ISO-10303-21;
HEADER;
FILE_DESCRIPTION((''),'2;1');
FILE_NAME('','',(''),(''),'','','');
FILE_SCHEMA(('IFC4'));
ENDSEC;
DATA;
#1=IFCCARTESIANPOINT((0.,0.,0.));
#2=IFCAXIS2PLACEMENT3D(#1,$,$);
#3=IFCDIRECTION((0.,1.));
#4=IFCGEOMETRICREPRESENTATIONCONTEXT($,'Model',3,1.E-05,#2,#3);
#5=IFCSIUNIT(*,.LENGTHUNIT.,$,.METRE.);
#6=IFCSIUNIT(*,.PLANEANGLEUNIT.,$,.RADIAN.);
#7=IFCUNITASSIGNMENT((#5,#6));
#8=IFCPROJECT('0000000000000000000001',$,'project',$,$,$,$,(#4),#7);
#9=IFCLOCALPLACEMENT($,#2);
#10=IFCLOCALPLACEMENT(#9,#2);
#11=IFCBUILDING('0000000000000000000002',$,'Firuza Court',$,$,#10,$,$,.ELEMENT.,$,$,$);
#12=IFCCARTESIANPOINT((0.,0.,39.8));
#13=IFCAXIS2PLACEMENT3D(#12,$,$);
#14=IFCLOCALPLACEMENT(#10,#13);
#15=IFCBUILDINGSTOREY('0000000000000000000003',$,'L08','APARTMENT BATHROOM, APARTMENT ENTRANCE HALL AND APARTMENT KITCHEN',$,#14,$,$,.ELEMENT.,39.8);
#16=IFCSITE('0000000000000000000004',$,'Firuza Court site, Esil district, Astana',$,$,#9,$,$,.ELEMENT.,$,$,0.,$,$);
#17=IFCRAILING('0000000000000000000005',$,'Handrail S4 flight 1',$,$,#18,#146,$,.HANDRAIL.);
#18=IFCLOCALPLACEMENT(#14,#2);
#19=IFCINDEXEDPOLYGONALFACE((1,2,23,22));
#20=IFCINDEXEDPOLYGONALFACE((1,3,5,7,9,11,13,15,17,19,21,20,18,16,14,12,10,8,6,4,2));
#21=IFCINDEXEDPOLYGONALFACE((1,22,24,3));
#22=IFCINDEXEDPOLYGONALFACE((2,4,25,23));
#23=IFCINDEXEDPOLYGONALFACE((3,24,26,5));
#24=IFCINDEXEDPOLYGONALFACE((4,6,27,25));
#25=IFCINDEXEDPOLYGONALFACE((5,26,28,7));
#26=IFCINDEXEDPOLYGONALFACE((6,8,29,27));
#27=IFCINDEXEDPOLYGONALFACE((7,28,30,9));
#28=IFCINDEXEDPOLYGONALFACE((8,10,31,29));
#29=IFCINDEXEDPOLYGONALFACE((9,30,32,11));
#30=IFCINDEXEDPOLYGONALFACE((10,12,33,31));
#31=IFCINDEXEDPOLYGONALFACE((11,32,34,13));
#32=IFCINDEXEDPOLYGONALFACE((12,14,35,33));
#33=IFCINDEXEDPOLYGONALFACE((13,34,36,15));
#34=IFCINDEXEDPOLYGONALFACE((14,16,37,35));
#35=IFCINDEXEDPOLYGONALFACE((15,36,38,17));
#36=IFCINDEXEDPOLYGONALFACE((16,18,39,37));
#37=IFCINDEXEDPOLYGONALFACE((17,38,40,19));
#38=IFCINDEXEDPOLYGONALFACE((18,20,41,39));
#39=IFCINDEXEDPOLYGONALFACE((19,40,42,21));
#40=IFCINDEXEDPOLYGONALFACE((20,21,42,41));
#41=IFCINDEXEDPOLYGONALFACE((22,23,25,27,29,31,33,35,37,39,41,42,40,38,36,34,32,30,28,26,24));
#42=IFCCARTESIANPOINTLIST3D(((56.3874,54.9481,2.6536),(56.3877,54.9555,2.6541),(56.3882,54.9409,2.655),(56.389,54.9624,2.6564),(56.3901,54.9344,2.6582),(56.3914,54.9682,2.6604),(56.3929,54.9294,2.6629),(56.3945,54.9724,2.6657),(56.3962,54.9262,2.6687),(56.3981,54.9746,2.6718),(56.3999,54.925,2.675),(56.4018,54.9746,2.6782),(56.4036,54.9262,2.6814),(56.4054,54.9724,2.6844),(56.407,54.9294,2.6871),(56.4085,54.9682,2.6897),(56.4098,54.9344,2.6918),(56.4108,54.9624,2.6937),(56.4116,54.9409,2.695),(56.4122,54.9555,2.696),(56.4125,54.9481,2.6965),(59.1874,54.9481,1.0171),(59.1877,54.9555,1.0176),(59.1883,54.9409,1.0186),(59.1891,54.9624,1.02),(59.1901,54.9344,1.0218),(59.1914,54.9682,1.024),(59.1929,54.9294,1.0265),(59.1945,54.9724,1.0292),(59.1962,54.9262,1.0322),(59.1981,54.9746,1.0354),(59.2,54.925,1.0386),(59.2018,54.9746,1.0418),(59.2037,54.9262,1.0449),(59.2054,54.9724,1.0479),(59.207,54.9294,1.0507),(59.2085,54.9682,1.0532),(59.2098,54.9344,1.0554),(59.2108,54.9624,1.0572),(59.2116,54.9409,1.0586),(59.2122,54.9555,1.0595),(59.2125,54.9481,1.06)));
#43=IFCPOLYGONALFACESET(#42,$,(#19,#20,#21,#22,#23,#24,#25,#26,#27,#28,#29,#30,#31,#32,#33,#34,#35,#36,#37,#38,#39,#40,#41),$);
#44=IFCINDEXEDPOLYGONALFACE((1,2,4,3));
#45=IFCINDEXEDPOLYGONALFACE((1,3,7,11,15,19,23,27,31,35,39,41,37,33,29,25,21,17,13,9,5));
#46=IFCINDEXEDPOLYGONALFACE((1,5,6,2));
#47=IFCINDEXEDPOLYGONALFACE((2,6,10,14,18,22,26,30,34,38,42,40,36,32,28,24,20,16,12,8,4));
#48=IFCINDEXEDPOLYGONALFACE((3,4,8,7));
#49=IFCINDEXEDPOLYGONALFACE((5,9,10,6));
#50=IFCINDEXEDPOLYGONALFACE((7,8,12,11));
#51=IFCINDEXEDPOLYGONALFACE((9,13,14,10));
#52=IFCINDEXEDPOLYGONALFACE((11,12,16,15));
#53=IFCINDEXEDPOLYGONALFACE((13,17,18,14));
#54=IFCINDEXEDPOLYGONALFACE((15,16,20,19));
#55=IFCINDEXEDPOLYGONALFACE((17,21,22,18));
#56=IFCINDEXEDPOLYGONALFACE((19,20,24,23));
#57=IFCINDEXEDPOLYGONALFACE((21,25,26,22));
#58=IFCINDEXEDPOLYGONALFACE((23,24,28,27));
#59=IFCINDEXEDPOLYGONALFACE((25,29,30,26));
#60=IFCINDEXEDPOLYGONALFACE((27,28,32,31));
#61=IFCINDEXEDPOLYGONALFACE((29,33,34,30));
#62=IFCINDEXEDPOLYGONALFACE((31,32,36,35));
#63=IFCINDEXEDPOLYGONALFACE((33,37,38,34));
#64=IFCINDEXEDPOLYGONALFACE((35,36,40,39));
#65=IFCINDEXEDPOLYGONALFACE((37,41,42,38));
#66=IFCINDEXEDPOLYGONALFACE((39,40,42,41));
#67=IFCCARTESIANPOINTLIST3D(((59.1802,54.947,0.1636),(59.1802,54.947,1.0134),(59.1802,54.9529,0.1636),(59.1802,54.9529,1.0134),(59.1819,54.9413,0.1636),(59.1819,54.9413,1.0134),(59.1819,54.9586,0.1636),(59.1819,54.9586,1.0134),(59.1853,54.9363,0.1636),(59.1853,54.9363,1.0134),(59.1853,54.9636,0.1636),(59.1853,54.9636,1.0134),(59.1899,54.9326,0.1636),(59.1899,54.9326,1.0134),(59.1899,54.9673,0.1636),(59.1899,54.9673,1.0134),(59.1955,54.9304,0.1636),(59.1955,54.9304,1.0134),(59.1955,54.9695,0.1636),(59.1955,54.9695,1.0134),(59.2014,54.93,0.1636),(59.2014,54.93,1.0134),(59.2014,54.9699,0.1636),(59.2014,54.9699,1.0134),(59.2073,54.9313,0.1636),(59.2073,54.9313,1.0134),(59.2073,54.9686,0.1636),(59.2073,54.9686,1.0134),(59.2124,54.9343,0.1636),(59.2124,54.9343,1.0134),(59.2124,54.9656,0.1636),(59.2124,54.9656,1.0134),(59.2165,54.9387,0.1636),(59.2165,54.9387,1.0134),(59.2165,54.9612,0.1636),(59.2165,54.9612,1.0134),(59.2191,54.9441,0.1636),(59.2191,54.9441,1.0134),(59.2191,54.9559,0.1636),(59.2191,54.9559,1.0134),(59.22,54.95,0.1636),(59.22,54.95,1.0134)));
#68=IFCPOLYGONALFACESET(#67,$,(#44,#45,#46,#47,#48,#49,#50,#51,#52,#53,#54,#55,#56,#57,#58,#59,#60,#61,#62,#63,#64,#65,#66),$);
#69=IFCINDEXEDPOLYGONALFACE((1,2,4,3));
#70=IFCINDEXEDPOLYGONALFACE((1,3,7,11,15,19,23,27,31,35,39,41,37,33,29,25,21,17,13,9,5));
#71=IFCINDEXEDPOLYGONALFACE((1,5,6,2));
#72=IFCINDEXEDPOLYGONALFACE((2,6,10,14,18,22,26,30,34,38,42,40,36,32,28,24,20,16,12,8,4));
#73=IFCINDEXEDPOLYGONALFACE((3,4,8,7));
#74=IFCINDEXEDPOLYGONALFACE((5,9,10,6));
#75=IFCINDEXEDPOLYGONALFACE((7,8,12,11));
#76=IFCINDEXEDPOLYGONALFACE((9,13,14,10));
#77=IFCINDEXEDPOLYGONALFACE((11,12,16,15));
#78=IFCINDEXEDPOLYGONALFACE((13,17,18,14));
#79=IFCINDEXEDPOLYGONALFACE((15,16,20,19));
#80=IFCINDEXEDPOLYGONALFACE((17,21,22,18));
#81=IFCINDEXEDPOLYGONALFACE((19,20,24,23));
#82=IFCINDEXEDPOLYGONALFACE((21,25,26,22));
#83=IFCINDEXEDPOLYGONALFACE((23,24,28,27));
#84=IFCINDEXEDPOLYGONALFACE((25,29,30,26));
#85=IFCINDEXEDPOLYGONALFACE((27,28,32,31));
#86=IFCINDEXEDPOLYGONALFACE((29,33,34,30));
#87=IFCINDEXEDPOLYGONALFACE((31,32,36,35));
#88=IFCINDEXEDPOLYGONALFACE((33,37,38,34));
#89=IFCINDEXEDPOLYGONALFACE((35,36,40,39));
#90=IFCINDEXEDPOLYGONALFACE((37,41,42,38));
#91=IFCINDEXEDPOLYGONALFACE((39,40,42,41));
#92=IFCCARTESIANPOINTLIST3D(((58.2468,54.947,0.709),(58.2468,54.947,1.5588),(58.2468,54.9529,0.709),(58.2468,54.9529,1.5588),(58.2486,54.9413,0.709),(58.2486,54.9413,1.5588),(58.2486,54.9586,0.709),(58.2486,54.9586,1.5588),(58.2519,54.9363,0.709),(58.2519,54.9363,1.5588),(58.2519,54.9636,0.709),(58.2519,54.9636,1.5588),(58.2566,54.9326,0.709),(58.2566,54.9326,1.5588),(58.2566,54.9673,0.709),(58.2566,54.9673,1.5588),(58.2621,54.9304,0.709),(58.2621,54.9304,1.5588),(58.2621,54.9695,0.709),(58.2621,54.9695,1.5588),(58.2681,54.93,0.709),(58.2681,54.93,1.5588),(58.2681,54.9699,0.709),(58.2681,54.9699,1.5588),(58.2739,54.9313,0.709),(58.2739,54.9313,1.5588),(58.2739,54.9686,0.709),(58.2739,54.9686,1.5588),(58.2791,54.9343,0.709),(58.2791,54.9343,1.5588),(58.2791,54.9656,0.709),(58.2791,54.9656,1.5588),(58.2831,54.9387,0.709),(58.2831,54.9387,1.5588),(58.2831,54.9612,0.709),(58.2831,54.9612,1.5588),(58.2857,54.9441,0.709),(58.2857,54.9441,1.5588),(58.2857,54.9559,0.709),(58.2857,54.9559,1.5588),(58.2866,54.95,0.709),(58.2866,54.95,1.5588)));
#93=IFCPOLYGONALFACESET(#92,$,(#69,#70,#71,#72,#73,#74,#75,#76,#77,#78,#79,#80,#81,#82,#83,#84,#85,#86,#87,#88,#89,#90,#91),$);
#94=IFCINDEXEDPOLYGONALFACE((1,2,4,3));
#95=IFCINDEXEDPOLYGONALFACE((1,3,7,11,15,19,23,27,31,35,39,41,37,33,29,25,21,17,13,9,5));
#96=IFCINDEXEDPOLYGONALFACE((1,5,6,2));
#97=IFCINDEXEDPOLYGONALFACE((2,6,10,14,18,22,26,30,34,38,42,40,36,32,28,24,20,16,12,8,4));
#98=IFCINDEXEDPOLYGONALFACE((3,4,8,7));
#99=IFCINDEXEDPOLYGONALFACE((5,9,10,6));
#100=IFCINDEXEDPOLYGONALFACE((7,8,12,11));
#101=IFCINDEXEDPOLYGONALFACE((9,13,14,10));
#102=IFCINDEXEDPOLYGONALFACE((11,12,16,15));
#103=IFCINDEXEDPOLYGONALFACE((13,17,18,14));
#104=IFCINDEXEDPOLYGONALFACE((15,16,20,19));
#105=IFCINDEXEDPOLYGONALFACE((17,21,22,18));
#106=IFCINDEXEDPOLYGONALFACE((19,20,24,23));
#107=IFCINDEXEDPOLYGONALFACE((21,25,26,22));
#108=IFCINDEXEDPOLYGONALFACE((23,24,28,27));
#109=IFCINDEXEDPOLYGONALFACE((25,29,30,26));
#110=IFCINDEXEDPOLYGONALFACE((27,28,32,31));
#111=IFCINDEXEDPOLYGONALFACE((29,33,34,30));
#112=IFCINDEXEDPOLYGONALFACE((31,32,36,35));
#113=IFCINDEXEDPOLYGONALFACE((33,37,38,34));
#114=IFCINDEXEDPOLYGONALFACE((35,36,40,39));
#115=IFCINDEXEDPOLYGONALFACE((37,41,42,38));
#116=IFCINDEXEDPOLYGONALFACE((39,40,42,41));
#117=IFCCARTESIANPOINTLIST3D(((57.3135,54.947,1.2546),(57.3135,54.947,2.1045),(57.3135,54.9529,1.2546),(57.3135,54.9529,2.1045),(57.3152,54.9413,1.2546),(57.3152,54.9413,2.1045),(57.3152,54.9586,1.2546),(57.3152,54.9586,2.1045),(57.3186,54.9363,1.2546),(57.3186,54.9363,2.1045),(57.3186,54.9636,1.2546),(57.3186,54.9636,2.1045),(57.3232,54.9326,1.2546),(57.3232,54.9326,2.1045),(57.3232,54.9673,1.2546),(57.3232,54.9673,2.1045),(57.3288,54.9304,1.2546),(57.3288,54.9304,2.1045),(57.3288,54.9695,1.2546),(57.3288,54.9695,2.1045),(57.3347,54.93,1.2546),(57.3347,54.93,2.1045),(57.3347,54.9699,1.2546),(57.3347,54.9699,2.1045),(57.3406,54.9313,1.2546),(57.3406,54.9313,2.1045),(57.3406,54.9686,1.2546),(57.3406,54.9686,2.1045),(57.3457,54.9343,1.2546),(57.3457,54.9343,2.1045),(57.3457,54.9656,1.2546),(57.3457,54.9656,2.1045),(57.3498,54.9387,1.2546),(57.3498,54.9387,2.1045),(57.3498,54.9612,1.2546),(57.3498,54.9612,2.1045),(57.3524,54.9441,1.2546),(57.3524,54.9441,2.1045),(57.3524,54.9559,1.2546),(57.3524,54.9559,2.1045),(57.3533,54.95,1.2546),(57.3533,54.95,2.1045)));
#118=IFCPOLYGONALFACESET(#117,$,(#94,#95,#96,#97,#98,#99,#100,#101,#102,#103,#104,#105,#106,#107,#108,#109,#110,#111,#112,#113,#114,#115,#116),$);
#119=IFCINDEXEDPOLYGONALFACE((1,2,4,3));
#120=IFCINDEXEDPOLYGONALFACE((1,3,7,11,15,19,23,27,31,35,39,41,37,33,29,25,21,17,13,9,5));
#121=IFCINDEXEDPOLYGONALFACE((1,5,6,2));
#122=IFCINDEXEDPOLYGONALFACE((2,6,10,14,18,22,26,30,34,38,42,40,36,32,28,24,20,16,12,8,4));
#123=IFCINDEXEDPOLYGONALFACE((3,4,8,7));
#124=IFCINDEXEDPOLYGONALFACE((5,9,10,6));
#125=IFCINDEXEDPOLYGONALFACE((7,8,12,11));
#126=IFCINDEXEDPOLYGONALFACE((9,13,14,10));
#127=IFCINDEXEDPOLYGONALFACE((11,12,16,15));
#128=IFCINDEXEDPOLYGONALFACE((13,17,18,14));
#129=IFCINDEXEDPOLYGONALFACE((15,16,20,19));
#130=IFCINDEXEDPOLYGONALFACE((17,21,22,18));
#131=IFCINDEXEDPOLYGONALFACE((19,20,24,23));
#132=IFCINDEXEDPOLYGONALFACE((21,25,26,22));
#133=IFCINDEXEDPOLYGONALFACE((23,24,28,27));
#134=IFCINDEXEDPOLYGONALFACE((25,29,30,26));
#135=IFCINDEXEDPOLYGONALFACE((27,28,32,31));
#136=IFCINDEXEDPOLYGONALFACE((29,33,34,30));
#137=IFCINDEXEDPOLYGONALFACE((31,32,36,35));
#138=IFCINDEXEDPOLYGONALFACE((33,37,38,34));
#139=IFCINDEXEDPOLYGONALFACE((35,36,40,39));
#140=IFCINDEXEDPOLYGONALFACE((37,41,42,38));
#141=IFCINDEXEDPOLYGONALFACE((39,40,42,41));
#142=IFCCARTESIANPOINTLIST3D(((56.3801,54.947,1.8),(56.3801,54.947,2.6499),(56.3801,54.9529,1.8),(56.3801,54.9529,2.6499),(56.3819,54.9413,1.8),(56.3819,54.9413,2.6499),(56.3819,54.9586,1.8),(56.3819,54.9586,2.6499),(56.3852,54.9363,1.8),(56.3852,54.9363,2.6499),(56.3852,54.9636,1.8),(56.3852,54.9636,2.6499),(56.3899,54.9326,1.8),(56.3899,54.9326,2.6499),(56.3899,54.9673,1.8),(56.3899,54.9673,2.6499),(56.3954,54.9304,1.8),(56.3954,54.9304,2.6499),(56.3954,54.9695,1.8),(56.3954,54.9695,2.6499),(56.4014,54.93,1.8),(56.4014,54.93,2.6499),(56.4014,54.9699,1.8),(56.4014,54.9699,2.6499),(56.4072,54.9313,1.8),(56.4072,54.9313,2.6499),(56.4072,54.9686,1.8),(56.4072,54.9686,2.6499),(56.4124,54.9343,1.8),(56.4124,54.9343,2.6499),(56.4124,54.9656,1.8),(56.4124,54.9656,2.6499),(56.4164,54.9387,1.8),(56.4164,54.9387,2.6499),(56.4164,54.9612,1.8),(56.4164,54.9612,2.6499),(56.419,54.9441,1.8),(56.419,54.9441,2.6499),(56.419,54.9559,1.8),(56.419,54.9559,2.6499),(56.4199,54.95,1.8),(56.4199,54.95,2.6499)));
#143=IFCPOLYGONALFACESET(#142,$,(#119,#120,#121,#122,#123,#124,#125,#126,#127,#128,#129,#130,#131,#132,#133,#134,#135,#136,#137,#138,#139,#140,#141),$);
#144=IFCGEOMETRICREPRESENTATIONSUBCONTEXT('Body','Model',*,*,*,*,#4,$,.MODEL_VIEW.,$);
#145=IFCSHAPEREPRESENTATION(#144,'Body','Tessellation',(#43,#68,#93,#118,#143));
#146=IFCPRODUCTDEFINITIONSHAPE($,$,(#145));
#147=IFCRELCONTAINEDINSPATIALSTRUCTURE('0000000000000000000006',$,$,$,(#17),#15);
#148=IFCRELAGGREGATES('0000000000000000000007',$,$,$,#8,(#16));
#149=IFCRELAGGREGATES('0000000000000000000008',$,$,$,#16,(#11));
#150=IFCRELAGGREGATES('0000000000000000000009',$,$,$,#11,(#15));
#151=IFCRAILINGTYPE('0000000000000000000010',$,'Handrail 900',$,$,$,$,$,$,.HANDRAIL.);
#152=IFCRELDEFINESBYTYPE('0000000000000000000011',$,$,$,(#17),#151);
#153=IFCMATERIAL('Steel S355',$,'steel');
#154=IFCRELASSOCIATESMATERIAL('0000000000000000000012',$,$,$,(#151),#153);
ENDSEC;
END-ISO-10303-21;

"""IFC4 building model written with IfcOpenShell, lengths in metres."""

from ifc_helpers import new_model, si_unit, direction, frame, origin, origin_2d, place, context, subcontext, project, spatial, circle, extrude, material, type_object, element, save


model = new_model("IFC4")

# Units and contexts
model_context = context("Model", 3, precision=1e-05, world=origin(), true_north=direction((0.0, 1.0)))
body_context = subcontext(model_context, "Body", "Model", "MODEL_VIEW")
ifc_project = project(units=[si_unit("LENGTHUNIT", "METRE"), si_unit("PLANEANGLEUNIT", "RADIAN")], contexts=[model_context])

# Site, building, storey
site_placement = place(None, origin())
site = spatial("IfcSite", under=ifc_project, at=site_placement, Name="Firuza Court site, Esil district, Astana", CompositionType="ELEMENT", RefElevation=0.0)
building_placement = place(site_placement, origin())
building = spatial("IfcBuilding", under=site, at=building_placement, Name="Firuza Court", CompositionType="ELEMENT")
storey_placement = place(building_placement, frame((0.0, 0.0, 39.8)))
storey = spatial("IfcBuildingStorey", under=building, at=storey_placement, Name="L08", Description="APARTMENT BATHROOM, APARTMENT ENTRANCE HALL AND APARTMENT KITCHEN", CompositionType="ELEMENT", Elevation=39.8)

# Railing
ifc_material_1 = material(Name="Steel S355", Category="steel")
railing_type_1 = type_object("IfcRailingType", Name="Handrail 900", PredefinedType="HANDRAIL", material=ifc_material_1)
railing_1_placement = place(storey_placement, frame((59.2, 54.95, 0.1636)))
element("IfcRailing", 1, at=railing_1_placement, inside=storey, type_object=railing_type_1, Name="Handrail S4 flight 1", PredefinedType="HANDRAIL", context=body_context, shape_type="SweptSolid", body=[
    extrude(circle(Radius=0.0249, at=origin_2d()), frame((0.0, 0.0, 0.875), z_axis=(-0.863361, 0.0, 0.504587), x_axis=(0.0, -1.0, 0.0)), (0.0, 0.0, 1.0), 3.2432),
    extrude(circle(Radius=0.02, at=origin_2d()), origin(), (0.0, 0.0, 1.0), 0.8499),
    extrude(circle(Radius=0.02, at=origin_2d()), frame((-0.9333, 0.0, 0.5454)), (0.0, 0.0, 1.0), 0.8499),
    extrude(circle(Radius=0.02, at=origin_2d()), frame((-1.8667, 0.0, 1.0911)), (0.0, 0.0, 1.0), 0.8499),
    extrude(circle(Radius=0.02, at=origin_2d()), frame((-2.8, 0.0, 1.6365)), (0.0, 0.0, 1.0), 0.8499),
])

save(model, "model.ifc")
